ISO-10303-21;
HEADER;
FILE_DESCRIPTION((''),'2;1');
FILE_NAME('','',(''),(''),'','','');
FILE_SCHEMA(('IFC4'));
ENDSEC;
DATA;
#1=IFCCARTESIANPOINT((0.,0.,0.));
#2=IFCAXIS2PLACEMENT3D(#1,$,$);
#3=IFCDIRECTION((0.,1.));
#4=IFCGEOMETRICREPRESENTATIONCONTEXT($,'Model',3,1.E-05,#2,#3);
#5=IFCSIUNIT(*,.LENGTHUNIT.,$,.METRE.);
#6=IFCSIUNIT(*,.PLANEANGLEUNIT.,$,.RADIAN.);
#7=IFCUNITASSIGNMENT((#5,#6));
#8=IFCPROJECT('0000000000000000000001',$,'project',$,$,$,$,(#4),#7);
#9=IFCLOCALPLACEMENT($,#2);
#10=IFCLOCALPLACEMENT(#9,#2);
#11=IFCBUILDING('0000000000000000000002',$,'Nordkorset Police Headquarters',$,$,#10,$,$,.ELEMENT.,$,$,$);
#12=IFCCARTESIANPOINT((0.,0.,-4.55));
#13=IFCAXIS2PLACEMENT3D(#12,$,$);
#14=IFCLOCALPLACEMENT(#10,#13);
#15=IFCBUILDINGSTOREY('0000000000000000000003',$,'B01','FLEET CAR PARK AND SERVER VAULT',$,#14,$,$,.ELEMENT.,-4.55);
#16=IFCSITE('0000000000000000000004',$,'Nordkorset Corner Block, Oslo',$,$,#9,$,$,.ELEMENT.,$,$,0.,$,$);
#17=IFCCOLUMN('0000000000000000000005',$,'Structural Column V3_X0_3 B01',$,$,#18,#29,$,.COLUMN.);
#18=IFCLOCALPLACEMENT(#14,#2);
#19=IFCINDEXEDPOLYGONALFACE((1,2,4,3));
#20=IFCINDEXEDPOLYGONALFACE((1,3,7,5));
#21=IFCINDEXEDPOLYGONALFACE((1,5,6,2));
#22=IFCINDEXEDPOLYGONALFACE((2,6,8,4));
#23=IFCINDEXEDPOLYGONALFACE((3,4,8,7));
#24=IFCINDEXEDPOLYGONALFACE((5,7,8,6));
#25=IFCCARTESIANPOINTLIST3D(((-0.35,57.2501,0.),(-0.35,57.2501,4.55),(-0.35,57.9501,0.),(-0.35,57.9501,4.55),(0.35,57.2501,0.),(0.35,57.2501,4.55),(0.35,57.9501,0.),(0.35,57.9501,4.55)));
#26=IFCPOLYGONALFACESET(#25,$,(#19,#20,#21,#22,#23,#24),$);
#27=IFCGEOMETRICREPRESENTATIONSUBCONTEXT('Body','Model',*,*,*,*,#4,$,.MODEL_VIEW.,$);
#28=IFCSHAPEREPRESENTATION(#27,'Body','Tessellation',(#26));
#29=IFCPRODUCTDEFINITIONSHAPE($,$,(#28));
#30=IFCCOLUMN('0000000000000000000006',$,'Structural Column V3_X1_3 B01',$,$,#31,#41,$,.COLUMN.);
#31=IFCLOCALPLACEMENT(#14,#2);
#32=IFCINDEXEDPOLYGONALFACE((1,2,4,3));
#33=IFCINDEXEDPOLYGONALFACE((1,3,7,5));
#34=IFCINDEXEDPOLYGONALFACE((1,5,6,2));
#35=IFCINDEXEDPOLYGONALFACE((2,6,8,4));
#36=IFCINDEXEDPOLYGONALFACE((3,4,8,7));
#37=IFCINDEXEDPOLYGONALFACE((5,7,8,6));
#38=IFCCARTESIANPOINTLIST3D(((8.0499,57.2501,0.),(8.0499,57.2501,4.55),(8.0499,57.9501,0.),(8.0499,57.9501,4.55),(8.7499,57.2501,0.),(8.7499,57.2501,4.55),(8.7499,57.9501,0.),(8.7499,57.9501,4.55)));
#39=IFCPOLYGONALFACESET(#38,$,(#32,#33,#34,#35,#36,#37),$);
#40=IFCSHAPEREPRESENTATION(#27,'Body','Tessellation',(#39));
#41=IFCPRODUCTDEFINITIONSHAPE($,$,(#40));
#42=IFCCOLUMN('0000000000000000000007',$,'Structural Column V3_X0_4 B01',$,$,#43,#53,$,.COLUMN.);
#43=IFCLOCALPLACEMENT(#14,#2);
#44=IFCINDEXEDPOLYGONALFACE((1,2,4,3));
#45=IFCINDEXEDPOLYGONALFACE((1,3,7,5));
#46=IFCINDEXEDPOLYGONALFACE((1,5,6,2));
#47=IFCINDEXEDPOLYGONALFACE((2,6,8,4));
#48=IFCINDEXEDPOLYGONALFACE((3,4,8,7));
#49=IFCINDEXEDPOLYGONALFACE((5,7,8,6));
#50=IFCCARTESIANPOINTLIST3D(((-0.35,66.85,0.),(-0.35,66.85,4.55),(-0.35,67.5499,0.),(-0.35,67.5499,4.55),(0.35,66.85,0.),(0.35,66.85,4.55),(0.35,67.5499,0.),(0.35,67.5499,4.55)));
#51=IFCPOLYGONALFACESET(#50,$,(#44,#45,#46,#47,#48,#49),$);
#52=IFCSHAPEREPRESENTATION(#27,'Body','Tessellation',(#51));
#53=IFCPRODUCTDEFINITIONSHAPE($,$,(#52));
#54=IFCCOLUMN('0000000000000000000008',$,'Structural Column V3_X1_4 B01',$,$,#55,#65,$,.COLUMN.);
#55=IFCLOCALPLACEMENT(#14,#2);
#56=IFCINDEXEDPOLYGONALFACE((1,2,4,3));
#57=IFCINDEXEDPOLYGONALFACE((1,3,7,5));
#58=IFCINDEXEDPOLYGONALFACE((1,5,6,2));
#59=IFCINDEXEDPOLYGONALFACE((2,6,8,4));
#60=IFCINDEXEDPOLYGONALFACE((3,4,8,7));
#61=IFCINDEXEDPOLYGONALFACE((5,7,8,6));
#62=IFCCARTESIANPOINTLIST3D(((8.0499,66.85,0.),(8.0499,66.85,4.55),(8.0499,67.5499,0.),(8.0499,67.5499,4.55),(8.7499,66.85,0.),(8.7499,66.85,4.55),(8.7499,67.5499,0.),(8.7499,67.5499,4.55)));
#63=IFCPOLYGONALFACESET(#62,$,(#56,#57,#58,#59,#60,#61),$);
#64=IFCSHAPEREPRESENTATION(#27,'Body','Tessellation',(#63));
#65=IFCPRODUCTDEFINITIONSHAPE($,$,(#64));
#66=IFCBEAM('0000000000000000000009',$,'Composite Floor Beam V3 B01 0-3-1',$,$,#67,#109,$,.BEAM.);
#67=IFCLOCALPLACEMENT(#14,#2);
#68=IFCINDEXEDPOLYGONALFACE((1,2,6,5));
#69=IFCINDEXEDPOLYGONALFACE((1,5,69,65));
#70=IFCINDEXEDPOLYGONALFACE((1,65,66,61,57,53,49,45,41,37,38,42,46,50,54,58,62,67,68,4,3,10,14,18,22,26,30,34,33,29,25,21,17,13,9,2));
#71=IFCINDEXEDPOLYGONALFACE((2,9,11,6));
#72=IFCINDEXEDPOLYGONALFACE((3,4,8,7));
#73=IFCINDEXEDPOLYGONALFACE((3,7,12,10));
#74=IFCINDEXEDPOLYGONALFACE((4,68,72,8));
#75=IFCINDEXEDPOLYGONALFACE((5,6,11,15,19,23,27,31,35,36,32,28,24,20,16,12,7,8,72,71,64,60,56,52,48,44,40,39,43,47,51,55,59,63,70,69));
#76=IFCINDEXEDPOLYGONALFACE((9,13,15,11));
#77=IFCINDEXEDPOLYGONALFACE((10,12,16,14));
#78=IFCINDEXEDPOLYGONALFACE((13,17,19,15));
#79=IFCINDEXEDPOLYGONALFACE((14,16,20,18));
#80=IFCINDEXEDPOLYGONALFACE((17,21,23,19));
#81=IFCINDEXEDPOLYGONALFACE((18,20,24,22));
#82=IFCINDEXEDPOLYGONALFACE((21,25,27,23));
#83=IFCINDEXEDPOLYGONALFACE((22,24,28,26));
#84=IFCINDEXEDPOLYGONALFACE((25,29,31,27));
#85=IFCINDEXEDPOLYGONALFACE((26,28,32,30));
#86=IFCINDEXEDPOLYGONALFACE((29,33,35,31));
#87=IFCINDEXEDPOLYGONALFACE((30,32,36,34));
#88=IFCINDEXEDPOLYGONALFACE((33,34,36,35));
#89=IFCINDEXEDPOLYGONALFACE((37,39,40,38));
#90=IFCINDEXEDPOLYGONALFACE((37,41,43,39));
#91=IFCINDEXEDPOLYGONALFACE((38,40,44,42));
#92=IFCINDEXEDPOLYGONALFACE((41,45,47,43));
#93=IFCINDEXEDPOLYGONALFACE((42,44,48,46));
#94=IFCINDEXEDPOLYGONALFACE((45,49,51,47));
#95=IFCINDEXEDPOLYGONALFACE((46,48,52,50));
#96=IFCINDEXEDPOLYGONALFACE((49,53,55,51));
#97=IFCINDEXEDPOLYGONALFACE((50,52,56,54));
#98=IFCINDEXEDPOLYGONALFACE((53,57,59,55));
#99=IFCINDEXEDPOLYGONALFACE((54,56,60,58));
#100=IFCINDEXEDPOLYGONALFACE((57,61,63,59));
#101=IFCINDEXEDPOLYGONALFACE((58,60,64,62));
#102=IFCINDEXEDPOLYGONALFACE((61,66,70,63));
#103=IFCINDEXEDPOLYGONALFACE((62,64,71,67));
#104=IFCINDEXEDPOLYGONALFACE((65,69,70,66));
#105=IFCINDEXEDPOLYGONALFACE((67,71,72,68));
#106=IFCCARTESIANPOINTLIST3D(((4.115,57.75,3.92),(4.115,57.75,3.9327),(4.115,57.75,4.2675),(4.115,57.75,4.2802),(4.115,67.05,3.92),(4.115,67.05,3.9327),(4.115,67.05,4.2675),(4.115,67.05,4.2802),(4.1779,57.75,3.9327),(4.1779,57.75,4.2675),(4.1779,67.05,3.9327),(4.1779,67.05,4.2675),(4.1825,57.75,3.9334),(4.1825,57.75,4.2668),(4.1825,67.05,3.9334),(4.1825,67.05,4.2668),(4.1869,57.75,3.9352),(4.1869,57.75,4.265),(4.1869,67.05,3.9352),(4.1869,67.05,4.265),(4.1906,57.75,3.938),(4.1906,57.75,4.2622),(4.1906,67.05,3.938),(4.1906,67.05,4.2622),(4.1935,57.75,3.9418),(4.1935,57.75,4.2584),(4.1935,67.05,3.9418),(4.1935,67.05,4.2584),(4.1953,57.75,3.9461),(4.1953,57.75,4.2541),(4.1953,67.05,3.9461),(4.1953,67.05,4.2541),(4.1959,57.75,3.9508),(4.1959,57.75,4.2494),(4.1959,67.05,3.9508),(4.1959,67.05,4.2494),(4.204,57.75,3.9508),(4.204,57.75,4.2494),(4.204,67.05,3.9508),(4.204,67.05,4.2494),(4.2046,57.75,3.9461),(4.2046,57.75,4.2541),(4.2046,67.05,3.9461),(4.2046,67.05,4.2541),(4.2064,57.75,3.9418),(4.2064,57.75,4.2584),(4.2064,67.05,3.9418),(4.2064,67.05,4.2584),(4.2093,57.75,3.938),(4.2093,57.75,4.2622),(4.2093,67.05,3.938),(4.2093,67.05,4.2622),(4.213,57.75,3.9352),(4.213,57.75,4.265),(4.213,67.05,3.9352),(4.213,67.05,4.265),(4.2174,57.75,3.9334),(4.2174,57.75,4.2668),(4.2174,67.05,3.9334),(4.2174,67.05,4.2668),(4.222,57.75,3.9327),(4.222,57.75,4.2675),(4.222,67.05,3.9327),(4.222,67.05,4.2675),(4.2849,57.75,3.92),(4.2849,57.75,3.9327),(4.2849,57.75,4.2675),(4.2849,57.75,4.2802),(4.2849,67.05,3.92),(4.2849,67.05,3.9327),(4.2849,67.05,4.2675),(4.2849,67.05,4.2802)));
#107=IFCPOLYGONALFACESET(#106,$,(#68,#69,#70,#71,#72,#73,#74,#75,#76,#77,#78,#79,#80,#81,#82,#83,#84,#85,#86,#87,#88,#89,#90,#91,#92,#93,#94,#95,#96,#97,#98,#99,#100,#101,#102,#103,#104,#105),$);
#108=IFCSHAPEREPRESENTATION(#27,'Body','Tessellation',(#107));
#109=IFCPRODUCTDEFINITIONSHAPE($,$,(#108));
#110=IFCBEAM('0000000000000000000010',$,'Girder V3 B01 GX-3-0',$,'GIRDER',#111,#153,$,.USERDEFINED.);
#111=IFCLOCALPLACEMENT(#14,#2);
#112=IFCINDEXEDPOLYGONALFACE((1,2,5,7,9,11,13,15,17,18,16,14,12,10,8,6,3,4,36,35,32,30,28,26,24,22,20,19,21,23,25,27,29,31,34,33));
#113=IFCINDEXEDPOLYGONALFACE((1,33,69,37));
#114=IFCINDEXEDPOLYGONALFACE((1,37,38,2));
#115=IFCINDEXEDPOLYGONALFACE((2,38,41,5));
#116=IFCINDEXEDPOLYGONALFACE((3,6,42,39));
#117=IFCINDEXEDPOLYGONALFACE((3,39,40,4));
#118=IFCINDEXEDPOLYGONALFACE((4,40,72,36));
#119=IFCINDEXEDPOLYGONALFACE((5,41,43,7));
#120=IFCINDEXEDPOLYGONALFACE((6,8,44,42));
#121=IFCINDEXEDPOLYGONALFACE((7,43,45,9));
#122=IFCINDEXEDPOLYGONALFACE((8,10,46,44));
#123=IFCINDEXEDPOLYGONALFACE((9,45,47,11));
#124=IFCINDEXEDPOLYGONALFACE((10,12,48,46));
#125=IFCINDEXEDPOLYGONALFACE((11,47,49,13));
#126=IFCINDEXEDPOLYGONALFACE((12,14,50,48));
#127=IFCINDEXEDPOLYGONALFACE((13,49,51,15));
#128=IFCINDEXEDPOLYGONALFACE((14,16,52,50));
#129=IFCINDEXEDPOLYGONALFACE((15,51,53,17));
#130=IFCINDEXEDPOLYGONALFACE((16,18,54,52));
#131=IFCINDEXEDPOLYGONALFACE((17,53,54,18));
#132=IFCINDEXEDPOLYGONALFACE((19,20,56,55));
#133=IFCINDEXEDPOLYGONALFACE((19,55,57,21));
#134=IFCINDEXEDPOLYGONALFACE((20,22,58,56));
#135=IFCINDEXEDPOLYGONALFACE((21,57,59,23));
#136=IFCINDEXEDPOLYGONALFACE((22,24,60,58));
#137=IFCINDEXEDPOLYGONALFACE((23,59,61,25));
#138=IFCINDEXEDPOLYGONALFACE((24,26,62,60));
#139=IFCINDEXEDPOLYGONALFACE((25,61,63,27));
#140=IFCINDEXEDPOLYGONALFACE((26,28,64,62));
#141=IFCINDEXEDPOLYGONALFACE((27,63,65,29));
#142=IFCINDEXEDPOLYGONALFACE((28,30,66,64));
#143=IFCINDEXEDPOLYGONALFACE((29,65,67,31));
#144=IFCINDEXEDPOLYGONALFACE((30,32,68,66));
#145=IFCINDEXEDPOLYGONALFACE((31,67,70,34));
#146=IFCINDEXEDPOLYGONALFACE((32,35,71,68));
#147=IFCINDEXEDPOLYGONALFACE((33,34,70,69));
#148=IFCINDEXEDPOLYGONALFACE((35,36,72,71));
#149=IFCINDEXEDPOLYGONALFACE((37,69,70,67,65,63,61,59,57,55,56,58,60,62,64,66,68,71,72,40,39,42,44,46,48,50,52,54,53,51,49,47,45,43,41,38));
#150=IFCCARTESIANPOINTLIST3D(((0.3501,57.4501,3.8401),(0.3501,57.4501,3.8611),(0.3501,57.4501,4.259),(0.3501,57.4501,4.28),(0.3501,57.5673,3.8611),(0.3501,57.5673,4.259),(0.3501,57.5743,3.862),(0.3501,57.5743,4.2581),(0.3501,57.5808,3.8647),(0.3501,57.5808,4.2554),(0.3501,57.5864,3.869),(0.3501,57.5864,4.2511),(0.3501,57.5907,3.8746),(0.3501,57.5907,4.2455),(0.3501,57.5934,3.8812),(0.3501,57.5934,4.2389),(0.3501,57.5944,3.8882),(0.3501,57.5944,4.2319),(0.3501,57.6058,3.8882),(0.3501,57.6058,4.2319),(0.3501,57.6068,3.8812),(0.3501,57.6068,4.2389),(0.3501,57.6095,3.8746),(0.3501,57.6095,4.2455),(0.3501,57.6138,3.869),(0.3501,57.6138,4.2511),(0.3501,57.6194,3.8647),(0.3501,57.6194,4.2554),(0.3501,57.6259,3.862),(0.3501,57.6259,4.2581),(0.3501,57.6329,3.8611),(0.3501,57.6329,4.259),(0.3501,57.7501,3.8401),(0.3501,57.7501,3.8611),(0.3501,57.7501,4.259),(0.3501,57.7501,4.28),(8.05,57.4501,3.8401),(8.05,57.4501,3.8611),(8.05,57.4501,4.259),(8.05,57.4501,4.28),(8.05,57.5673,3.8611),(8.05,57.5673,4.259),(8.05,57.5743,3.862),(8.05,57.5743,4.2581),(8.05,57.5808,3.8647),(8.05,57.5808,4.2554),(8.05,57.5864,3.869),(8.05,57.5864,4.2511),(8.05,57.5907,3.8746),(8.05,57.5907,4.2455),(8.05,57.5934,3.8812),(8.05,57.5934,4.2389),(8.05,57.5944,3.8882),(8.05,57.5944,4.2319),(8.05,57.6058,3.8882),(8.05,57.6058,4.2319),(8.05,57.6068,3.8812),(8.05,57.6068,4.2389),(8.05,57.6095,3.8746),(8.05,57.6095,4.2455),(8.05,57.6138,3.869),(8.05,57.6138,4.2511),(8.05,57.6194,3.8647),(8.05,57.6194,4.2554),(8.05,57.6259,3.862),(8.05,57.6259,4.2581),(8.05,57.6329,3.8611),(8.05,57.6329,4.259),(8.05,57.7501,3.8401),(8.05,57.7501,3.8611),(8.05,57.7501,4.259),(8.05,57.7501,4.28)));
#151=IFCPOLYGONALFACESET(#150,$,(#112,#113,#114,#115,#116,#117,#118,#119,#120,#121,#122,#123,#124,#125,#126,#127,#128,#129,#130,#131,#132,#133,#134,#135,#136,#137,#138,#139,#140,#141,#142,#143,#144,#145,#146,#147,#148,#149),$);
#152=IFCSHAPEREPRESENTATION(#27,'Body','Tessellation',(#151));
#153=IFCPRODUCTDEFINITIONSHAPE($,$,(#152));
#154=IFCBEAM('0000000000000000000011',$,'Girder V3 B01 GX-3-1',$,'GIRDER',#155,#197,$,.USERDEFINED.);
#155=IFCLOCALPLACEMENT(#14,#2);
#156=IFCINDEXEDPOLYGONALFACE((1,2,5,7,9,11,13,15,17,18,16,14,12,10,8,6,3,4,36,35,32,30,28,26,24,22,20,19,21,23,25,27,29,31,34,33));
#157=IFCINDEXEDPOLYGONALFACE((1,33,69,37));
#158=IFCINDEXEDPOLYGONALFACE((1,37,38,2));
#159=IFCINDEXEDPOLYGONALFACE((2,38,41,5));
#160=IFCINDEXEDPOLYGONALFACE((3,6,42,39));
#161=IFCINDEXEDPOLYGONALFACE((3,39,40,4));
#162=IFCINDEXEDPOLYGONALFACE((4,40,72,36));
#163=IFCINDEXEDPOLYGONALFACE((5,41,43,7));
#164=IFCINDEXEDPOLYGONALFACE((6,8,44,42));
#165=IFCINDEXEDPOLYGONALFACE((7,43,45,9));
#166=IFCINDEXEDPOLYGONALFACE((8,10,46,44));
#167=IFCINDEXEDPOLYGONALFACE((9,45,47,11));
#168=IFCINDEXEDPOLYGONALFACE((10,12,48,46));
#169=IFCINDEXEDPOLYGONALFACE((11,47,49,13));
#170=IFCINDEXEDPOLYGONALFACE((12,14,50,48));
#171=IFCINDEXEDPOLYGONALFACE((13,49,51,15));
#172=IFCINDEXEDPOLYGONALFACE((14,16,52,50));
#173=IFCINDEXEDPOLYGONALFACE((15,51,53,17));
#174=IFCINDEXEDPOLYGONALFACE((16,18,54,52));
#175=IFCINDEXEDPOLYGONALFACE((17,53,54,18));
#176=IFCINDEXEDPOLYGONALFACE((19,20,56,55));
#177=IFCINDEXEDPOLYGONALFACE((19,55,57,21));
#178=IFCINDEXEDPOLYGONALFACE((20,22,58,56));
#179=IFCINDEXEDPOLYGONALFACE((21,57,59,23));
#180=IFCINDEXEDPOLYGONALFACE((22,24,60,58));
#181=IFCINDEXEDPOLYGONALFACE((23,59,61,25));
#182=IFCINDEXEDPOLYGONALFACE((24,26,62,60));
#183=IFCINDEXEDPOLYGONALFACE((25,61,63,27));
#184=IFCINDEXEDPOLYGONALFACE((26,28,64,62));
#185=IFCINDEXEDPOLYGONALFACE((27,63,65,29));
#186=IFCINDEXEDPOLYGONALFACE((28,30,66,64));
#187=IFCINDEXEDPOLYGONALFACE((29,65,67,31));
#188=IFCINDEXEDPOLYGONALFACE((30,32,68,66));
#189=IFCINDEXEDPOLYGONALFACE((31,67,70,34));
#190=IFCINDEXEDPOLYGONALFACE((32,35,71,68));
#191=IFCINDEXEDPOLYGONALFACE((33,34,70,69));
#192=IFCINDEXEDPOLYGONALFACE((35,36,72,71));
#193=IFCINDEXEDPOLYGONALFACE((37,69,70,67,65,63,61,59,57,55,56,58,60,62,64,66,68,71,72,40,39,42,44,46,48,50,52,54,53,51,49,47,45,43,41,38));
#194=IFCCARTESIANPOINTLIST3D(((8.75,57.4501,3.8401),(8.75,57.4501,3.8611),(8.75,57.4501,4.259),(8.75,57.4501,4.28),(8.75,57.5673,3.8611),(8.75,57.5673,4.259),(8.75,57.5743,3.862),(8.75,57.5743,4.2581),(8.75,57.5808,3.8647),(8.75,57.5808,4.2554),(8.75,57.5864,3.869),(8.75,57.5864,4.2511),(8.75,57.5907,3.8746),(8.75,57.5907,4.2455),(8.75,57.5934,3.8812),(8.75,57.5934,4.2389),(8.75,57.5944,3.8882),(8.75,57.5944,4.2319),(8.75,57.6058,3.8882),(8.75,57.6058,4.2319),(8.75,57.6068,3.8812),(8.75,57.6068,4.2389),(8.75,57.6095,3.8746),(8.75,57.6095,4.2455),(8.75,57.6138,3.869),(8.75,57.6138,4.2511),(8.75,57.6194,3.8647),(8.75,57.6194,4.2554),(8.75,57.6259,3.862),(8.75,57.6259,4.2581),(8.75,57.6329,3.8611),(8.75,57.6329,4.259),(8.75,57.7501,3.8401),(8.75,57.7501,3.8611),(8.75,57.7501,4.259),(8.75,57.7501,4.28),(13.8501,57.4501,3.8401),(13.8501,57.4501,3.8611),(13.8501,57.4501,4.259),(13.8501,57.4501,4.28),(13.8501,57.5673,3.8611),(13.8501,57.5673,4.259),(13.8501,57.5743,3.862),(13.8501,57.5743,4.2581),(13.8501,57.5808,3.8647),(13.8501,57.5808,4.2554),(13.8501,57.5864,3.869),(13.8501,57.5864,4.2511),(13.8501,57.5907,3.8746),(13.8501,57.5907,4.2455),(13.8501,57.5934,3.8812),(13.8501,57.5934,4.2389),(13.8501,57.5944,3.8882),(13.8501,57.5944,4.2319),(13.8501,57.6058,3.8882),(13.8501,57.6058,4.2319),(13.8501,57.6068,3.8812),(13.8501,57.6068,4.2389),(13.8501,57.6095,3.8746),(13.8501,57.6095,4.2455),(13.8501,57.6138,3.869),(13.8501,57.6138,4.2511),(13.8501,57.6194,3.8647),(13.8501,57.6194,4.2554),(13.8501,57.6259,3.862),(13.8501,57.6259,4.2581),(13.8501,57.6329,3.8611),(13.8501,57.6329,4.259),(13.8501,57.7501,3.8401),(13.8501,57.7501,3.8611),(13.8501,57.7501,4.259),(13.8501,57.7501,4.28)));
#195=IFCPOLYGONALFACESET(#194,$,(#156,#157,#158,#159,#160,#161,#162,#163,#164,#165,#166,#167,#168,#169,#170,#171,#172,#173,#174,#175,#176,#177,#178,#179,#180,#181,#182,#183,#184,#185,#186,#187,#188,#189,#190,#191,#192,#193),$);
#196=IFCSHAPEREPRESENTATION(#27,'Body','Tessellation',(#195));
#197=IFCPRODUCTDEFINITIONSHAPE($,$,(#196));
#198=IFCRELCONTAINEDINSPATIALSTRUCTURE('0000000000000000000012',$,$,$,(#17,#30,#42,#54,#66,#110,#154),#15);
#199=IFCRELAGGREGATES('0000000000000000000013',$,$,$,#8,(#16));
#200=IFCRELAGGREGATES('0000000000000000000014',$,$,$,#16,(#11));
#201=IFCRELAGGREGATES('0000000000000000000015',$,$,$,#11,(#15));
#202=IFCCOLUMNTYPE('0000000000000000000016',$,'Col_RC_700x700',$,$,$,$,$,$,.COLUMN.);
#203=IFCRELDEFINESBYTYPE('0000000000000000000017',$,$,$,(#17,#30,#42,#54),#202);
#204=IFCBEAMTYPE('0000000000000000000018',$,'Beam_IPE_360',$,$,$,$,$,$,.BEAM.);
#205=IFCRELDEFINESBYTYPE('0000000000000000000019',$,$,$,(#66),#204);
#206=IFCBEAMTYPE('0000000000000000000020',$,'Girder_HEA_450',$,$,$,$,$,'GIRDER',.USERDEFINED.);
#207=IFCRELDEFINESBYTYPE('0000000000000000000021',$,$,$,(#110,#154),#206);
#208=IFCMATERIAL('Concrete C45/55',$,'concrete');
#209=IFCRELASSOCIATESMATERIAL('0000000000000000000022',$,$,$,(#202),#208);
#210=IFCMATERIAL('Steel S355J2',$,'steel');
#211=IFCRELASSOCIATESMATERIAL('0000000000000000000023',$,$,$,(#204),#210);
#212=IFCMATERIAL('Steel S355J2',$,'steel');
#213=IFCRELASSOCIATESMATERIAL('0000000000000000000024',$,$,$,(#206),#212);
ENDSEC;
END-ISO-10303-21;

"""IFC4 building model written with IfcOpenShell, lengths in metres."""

from ifc_helpers import new_model, si_unit, direction, frame, origin, origin_2d, place, context, subcontext, project, spatial, rectangle, i_section, extrude, material, material_profile, profile_set, type_object, element, save


model = new_model("IFC4")

# Units and contexts
model_context = context("Model", 3, precision=1e-05, world=origin(), true_north=direction((0.0, 1.0)))
body_context = subcontext(model_context, "Body", "Model", "MODEL_VIEW")
ifc_project = project(units=[si_unit("LENGTHUNIT", "METRE"), si_unit("PLANEANGLEUNIT", "RADIAN")], contexts=[model_context])

# Site, building, storey
site_placement = place(None, origin())
site = spatial("IfcSite", under=ifc_project, at=site_placement, Name="Nordkorset Corner Block, Oslo", CompositionType="ELEMENT", RefElevation=0.0)
building_placement = place(site_placement, origin())
building = spatial("IfcBuilding", under=site, at=building_placement, Name="Nordkorset Police Headquarters", CompositionType="ELEMENT")
storey_placement = place(building_placement, frame((0.0, 0.0, -4.55)))
storey = spatial("IfcBuildingStorey", under=building, at=storey_placement, Name="B01", Description="FLEET CAR PARK AND SERVER VAULT", CompositionType="ELEMENT", Elevation=-4.55)

# Columns
ifc_material_1 = material(Name="Concrete C45/55", Category="concrete")
ifc_material_profile_1 = material_profile(ifc_material_1, rectangle(XDim=0.7, YDim=0.7, at=origin_2d()), Name="RC 700x700")
ifc_profile_set_1 = profile_set([ifc_material_profile_1], Name="Concrete C45/55")
column_type = type_object("IfcColumnType", Name="Col_RC_700x700", PredefinedType="COLUMN", material=ifc_profile_set_1)
for number, where, z_axis, x_axis, name in (
    (1, (0.0, 57.6001, 0.0), (0.0, 0.0, 1.0), (1.0, 0.0, 0.0), "Structural Column V3_X0_3 B01"),
    (2, (8.3999, 57.6001, 0.0), (0.0, 0.0, 1.0), (1.0, 0.0, 0.0), "Structural Column V3_X1_3 B01"),
    (3, (0.0, 67.2, 0.0), (0.0, 0.0, 1.0), (1.0, 0.0, 0.0), "Structural Column V3_X0_4 B01"),
    (4, (8.3999, 67.2, 0.0), (0.0, 0.0, 1.0), (1.0, 0.0, 0.0), "Structural Column V3_X1_4 B01"),
):
    element("IfcColumn", number, at=place(storey_placement, frame(where, z_axis=z_axis, x_axis=x_axis)), inside=storey, type_object=column_type, Name=name, PredefinedType="COLUMN", context=body_context, shape_type="SweptSolid", body=[
        extrude(rectangle(XDim=0.7, YDim=0.7, at=origin_2d()), origin(), (0.0, 0.0, 1.0), 4.55),
    ])

# Beams
ifc_material_2 = material(Name="Steel S355J2", Category="steel")
ifc_material_profile_2 = material_profile(ifc_material_2, i_section(OverallWidth=0.1699, OverallDepth=0.3601, WebThickness=0.0081, FlangeThickness=0.0127, FilletRadius=0.0181, at=origin_2d()), Name="IPE 360")
ifc_profile_set_2 = profile_set([ifc_material_profile_2], Name="Steel S355J2")
beam_type_1 = type_object("IfcBeamType", Name="Beam_IPE_360", PredefinedType="BEAM", material=ifc_profile_set_2)
beam_1_placement = place(storey_placement, frame((4.2, 57.75, 4.1001), z_axis=(0.0, 1.0, 0.0), x_axis=(-1.0, 0.0, 0.0)))
element("IfcBeam", 5, at=beam_1_placement, inside=storey, type_object=beam_type_1, Name="Composite Floor Beam V3 B01 0-3-1", PredefinedType="BEAM", context=body_context, shape_type="SweptSolid", body=[
    extrude(i_section(OverallWidth=0.1699, OverallDepth=0.3601, WebThickness=0.0081, FlangeThickness=0.0127, FilletRadius=0.0181, at=origin_2d()), origin(), (0.0, 0.0, 1.0), 9.3),
])
ifc_material_3 = material(Name="Steel S355J2", Category="steel")
ifc_material_profile_3 = material_profile(ifc_material_3, i_section(OverallWidth=0.3, OverallDepth=0.4399, WebThickness=0.0115, FlangeThickness=0.021, FilletRadius=0.0271, at=origin_2d()), Name="HEA 450")
ifc_profile_set_3 = profile_set([ifc_material_profile_3], Name="Steel S355J2")
beam_type_2 = type_object("IfcBeamType", Name="Girder_HEA_450", ElementType="GIRDER", PredefinedType="USERDEFINED", material=ifc_profile_set_3)
beam_2_placement = place(storey_placement, frame((0.3501, 57.6001, 4.0601), z_axis=(1.0, 0.0, 0.0), x_axis=(0.0, 1.0, 0.0)))
element("IfcBeam", 6, at=beam_2_placement, inside=storey, type_object=beam_type_2, Name="Girder V3 B01 GX-3-0", ObjectType="GIRDER", PredefinedType="USERDEFINED", context=body_context, shape_type="SweptSolid", body=[
    extrude(i_section(OverallWidth=0.3, OverallDepth=0.4399, WebThickness=0.0115, FlangeThickness=0.021, FilletRadius=0.0271, at=origin_2d()), origin(), (0.0, 0.0, 1.0), 7.7),
])
beam_3_placement = place(storey_placement, frame((8.75, 57.6001, 4.0601), z_axis=(1.0, 0.0, 0.0), x_axis=(0.0, 1.0, 0.0)))
element("IfcBeam", 7, at=beam_3_placement, inside=storey, type_object=beam_type_2, Name="Girder V3 B01 GX-3-1", ObjectType="GIRDER", PredefinedType="USERDEFINED", context=body_context, shape_type="SweptSolid", body=[
    extrude(i_section(OverallWidth=0.3, OverallDepth=0.4399, WebThickness=0.0115, FlangeThickness=0.021, FilletRadius=0.0271, at=origin_2d()), origin(), (0.0, 0.0, 1.0), 5.1001),
])

save(model, "model.ifc")
